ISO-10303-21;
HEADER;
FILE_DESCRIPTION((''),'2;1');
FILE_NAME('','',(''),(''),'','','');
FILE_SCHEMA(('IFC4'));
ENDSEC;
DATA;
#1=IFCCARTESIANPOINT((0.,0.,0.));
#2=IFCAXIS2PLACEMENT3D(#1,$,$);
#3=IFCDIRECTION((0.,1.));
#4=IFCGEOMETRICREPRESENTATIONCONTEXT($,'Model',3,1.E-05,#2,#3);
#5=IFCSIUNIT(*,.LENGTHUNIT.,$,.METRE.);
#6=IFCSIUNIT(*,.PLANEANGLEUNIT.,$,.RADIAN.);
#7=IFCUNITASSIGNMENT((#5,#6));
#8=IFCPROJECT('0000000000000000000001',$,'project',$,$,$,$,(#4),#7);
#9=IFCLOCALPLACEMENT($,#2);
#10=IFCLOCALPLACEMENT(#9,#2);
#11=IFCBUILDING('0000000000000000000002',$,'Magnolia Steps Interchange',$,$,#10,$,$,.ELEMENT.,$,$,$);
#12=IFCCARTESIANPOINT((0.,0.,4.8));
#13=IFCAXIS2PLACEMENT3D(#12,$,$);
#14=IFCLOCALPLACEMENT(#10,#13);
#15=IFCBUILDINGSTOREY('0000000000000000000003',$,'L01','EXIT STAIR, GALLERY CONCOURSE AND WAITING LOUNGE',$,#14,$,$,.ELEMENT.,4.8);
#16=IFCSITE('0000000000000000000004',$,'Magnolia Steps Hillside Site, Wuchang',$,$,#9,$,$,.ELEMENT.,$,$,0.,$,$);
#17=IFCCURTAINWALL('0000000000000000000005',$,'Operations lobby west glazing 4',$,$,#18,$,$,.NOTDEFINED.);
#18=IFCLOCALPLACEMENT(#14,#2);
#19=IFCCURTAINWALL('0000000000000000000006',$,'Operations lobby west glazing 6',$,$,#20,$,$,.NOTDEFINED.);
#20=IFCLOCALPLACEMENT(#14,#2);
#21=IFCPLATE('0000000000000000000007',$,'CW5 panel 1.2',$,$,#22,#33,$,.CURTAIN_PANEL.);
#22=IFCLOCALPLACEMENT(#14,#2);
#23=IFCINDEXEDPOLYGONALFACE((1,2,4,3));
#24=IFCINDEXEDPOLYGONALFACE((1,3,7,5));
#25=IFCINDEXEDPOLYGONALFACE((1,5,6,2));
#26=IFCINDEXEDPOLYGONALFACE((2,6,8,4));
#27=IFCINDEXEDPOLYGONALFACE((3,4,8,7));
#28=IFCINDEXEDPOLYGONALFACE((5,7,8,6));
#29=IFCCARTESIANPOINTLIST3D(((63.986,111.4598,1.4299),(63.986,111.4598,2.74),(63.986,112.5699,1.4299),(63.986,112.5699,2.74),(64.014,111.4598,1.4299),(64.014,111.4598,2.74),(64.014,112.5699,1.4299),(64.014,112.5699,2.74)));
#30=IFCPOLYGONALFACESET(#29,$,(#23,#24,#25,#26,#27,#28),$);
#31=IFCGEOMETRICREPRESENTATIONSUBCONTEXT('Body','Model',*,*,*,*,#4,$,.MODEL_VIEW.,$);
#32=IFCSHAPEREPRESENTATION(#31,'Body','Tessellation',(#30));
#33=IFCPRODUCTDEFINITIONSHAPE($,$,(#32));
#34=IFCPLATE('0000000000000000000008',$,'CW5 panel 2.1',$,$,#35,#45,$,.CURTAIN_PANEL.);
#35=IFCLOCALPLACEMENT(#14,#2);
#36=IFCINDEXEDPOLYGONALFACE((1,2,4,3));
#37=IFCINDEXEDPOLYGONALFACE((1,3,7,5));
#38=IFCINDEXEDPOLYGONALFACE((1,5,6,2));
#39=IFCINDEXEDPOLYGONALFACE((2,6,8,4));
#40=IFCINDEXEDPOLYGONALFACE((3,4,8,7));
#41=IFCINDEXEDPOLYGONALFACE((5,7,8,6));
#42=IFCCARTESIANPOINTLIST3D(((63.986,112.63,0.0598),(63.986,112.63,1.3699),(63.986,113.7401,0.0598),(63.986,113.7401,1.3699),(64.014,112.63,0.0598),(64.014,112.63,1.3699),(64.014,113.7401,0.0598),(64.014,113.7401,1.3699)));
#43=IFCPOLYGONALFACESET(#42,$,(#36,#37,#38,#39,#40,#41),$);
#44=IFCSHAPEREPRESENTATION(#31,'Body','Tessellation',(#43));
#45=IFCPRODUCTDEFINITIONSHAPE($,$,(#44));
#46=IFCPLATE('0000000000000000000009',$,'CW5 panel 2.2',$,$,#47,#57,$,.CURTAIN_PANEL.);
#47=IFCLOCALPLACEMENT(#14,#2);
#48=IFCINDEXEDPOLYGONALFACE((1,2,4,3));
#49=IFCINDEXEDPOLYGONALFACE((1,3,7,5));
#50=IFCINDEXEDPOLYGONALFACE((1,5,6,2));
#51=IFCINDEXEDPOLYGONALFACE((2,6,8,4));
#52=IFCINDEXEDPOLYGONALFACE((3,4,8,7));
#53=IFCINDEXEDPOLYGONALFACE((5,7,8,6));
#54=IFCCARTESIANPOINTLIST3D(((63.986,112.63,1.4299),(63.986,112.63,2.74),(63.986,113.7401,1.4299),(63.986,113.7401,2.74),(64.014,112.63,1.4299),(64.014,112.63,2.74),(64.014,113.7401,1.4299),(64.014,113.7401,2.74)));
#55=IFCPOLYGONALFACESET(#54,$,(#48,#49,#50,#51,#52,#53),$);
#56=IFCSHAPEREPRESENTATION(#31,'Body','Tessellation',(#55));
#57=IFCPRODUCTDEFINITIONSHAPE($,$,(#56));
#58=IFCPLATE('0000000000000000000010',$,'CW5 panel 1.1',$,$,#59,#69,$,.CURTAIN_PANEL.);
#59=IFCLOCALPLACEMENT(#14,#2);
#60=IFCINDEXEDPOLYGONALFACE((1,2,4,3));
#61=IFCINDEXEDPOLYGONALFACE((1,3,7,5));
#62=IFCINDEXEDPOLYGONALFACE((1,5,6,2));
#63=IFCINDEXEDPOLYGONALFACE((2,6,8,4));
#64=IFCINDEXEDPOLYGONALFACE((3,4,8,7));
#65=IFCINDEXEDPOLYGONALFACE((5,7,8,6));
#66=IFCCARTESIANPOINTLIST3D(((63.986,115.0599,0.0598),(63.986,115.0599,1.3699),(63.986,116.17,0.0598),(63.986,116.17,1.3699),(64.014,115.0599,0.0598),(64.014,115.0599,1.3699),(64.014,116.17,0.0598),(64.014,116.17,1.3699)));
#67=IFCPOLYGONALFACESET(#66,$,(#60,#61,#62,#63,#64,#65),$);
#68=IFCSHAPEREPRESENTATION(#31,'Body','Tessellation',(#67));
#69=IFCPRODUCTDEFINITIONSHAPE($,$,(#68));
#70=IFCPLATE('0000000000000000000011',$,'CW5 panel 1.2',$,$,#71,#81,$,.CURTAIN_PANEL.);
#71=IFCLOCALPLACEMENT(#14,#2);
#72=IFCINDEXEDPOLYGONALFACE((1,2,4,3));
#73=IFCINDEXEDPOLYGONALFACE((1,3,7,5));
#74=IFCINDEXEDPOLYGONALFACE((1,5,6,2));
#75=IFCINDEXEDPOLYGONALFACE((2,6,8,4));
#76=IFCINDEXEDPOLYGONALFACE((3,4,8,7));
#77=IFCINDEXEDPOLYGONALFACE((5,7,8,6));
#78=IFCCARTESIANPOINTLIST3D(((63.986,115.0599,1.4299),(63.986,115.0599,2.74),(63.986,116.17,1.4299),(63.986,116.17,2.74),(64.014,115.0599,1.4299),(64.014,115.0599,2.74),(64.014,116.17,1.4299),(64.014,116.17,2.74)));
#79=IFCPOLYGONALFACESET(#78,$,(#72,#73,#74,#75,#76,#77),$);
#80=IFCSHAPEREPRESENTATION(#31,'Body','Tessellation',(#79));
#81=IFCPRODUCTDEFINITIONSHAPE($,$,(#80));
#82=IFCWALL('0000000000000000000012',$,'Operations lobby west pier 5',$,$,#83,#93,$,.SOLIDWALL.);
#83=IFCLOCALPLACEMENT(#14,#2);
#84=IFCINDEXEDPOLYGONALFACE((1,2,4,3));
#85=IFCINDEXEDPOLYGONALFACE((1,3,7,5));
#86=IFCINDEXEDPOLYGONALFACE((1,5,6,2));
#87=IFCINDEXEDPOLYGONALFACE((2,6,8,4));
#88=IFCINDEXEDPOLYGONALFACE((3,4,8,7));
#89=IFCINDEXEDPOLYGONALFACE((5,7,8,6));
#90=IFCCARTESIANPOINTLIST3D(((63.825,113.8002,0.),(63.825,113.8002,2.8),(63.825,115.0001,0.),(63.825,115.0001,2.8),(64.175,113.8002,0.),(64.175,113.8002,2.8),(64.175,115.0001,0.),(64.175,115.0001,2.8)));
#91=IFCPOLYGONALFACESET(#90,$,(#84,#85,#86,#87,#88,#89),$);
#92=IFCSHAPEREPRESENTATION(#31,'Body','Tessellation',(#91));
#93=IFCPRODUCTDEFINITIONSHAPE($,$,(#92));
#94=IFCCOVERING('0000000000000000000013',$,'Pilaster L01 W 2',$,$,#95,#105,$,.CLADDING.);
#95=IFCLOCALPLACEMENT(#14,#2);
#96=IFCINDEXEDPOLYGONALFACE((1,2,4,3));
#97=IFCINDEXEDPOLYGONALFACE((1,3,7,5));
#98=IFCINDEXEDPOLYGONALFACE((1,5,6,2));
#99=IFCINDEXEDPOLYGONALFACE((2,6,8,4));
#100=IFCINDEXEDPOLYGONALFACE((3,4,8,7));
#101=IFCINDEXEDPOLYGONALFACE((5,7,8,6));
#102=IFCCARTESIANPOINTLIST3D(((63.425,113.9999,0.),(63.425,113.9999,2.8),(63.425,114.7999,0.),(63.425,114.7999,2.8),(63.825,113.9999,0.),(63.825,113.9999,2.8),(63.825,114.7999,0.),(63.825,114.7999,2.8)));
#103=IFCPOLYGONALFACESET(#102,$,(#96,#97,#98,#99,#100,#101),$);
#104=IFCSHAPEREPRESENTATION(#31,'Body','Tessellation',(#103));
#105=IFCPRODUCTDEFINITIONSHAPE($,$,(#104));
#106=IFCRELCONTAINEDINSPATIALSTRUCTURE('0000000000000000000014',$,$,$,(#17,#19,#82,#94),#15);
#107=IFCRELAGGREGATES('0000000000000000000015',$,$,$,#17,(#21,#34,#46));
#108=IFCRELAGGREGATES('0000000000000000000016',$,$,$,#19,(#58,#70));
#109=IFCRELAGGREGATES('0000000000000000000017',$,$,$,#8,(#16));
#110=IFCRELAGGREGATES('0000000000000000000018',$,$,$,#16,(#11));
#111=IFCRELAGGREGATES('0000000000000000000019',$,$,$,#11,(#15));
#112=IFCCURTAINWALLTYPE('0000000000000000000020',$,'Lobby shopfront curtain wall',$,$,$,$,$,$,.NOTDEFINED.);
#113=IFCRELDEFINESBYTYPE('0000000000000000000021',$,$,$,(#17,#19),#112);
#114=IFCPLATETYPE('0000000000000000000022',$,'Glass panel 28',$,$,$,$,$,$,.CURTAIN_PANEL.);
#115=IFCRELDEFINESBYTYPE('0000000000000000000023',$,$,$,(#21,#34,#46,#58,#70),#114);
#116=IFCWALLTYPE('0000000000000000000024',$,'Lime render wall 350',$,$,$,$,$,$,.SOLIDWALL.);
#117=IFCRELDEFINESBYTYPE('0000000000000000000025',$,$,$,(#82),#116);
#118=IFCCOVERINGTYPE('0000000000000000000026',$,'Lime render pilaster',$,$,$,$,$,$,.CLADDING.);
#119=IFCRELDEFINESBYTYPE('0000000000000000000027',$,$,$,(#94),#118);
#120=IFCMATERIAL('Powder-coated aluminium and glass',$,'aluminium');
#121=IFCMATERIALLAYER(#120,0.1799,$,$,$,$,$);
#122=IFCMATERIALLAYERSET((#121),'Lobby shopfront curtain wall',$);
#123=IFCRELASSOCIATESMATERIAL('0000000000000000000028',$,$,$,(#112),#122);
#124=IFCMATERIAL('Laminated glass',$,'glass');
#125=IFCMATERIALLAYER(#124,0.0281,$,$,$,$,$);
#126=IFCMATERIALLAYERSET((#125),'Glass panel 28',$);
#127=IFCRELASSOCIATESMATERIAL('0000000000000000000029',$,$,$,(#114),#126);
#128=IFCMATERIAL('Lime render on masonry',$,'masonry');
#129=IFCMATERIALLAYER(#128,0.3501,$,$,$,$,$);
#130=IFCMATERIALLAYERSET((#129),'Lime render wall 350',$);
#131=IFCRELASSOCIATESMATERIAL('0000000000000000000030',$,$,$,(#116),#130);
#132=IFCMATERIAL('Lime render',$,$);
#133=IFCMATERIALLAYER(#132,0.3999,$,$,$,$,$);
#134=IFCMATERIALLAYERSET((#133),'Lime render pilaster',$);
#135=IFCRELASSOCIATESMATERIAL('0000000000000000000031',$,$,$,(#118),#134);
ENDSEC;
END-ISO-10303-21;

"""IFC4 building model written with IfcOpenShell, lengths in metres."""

from ifc_helpers import new_model, si_unit, direction, frame, frame_2d, origin, origin_2d, place, context, subcontext, project, spatial, rectangle, extrude, material, layer, layer_set, type_object, element, aggregate, save


model = new_model("IFC4")

# Units and contexts
model_context = context("Model", 3, precision=1e-05, world=origin(), true_north=direction((0.0, 1.0)))
body_context = subcontext(model_context, "Body", "Model", "MODEL_VIEW")
ifc_project = project(units=[si_unit("LENGTHUNIT", "METRE"), si_unit("PLANEANGLEUNIT", "RADIAN")], contexts=[model_context])

# Site, building, storey
site_placement = place(None, origin())
site = spatial("IfcSite", under=ifc_project, at=site_placement, Name="Magnolia Steps Hillside Site, Wuchang", CompositionType="ELEMENT", RefElevation=0.0)
building_placement = place(site_placement, origin())
building = spatial("IfcBuilding", under=site, at=building_placement, Name="Magnolia Steps Interchange", CompositionType="ELEMENT")
storey_placement = place(building_placement, frame((0.0, 0.0, 4.8)))
storey = spatial("IfcBuildingStorey", under=building, at=storey_placement, Name="L01", Description="EXIT STAIR, GALLERY CONCOURSE AND WAITING LOUNGE", CompositionType="ELEMENT", Elevation=4.8)

# Curtain walls
ifc_material_1 = material(Name="Powder-coated aluminium and glass", Category="aluminium")
ifc_layer_1 = layer(ifc_material_1, 0.1799)
ifc_layer_set_1 = layer_set([ifc_layer_1], Name="Lobby shopfront curtain wall")
curtain_wall_type = type_object("IfcCurtainWallType", Name="Lobby shopfront curtain wall", PredefinedType="NOTDEFINED", material=ifc_layer_set_1)
curtain_wall_1_placement = place(storey_placement, origin())
curtain_wall_1 = element("IfcCurtainWall", 1, at=curtain_wall_1_placement, inside=storey, type_object=curtain_wall_type, Name="Operations lobby west glazing 4", PredefinedType="NOTDEFINED")
curtain_wall_2_placement = place(storey_placement, origin())
curtain_wall_2 = element("IfcCurtainWall", 2, at=curtain_wall_2_placement, inside=storey, type_object=curtain_wall_type, Name="Operations lobby west glazing 6", PredefinedType="NOTDEFINED")

# Plates
ifc_material_2 = material(Name="Laminated glass", Category="glass")
ifc_layer_2 = layer(ifc_material_2, 0.0281)
ifc_layer_set_2 = layer_set([ifc_layer_2], Name="Glass panel 28")
plate_type = type_object("IfcPlateType", Name="Glass panel 28", PredefinedType="CURTAIN_PANEL", material=ifc_layer_set_2)
plate_1_placement = place(storey_placement, frame((64.0, 112.0149, 1.4299), z_axis=(0.0, 0.0, 1.0), x_axis=(0.0, 1.0, 0.0)))
plate_1 = element("IfcPlate", 3, at=plate_1_placement, type_object=plate_type, Name="CW5 panel 1.2", PredefinedType="CURTAIN_PANEL", context=body_context, shape_type="SweptSolid", body=[
    extrude(rectangle(XDim=1.1101, YDim=0.0281, at=origin_2d()), origin(), (0.0, 0.0, 1.0), 1.3101),
])
plate_2_placement = place(storey_placement, frame((64.0, 113.1851, 0.0598), z_axis=(0.0, 0.0, 1.0), x_axis=(0.0, 1.0, 0.0)))
plate_2 = element("IfcPlate", 4, at=plate_2_placement, type_object=plate_type, Name="CW5 panel 2.1", PredefinedType="CURTAIN_PANEL", context=body_context, shape_type="SweptSolid", body=[
    extrude(rectangle(XDim=1.1101, YDim=0.0281, at=origin_2d()), origin(), (0.0, 0.0, 1.0), 1.3101),
])
plate_3_placement = place(storey_placement, frame((64.0, 113.1851, 1.4299), z_axis=(0.0, 0.0, 1.0), x_axis=(0.0, 1.0, 0.0)))
plate_3 = element("IfcPlate", 5, at=plate_3_placement, type_object=plate_type, Name="CW5 panel 2.2", PredefinedType="CURTAIN_PANEL", context=body_context, shape_type="SweptSolid", body=[
    extrude(rectangle(XDim=1.1101, YDim=0.0281, at=origin_2d()), origin(), (0.0, 0.0, 1.0), 1.3101),
])
aggregate(curtain_wall_1, [plate_1, plate_2, plate_3])
plate_4_placement = place(storey_placement, frame((64.0, 115.615, 0.0598), z_axis=(0.0, 0.0, 1.0), x_axis=(0.0, 1.0, 0.0)))
plate_4 = element("IfcPlate", 6, at=plate_4_placement, type_object=plate_type, Name="CW5 panel 1.1", PredefinedType="CURTAIN_PANEL", context=body_context, shape_type="SweptSolid", body=[
    extrude(rectangle(XDim=1.1101, YDim=0.0281, at=origin_2d()), origin(), (0.0, 0.0, 1.0), 1.3101),
])
plate_5_placement = place(storey_placement, frame((64.0, 115.615, 1.4299), z_axis=(0.0, 0.0, 1.0), x_axis=(0.0, 1.0, 0.0)))
plate_5 = element("IfcPlate", 7, at=plate_5_placement, type_object=plate_type, Name="CW5 panel 1.2", PredefinedType="CURTAIN_PANEL", context=body_context, shape_type="SweptSolid", body=[
    extrude(rectangle(XDim=1.1101, YDim=0.0281, at=origin_2d()), origin(), (0.0, 0.0, 1.0), 1.3101),
])
aggregate(curtain_wall_2, [plate_4, plate_5])

# Wall
ifc_material_3 = material(Name="Lime render on masonry", Category="masonry")
ifc_layer_3 = layer(ifc_material_3, 0.3501)
ifc_layer_set_3 = layer_set([ifc_layer_3], Name="Lime render wall 350")
wall_type = type_object("IfcWallType", Name="Lime render wall 350", PredefinedType="SOLIDWALL", material=ifc_layer_set_3)
wall_placement = place(storey_placement, frame((64.0, 113.8, 0.0), z_axis=(0.0, 0.0, 1.0), x_axis=(0.0, 1.0, 0.0)))
element("IfcWall", 8, at=wall_placement, inside=storey, type_object=wall_type, Name="Operations lobby west pier 5", PredefinedType="SOLIDWALL", context=body_context, shape_type="SweptSolid", body=[
    extrude(rectangle(XDim=1.2, YDim=0.3501, at=frame_2d((0.6001, 0.0))), origin(), (0.0, 0.0, 1.0), 2.8),
])

# Covering
ifc_material_4 = material(Name="Lime render")
ifc_layer_4 = layer(ifc_material_4, 0.3999)
ifc_layer_set_4 = layer_set([ifc_layer_4], Name="Lime render pilaster")
covering_type_1 = type_object("IfcCoveringType", Name="Lime render pilaster", PredefinedType="CLADDING", material=ifc_layer_set_4)
covering_1_placement = place(storey_placement, frame((63.625, 114.3999, 0.0), z_axis=(0.0, 0.0, 1.0), x_axis=(1.0, 0.0, 0.0)))
element("IfcCovering", 9, at=covering_1_placement, inside=storey, type_object=covering_type_1, Name="Pilaster L01 W 2", PredefinedType="CLADDING", context=body_context, shape_type="SweptSolid", body=[
    extrude(rectangle(XDim=0.3999, YDim=0.8, at=origin_2d()), origin(), (0.0, 0.0, 1.0), 2.8),
])

save(model, "model.ifc")
